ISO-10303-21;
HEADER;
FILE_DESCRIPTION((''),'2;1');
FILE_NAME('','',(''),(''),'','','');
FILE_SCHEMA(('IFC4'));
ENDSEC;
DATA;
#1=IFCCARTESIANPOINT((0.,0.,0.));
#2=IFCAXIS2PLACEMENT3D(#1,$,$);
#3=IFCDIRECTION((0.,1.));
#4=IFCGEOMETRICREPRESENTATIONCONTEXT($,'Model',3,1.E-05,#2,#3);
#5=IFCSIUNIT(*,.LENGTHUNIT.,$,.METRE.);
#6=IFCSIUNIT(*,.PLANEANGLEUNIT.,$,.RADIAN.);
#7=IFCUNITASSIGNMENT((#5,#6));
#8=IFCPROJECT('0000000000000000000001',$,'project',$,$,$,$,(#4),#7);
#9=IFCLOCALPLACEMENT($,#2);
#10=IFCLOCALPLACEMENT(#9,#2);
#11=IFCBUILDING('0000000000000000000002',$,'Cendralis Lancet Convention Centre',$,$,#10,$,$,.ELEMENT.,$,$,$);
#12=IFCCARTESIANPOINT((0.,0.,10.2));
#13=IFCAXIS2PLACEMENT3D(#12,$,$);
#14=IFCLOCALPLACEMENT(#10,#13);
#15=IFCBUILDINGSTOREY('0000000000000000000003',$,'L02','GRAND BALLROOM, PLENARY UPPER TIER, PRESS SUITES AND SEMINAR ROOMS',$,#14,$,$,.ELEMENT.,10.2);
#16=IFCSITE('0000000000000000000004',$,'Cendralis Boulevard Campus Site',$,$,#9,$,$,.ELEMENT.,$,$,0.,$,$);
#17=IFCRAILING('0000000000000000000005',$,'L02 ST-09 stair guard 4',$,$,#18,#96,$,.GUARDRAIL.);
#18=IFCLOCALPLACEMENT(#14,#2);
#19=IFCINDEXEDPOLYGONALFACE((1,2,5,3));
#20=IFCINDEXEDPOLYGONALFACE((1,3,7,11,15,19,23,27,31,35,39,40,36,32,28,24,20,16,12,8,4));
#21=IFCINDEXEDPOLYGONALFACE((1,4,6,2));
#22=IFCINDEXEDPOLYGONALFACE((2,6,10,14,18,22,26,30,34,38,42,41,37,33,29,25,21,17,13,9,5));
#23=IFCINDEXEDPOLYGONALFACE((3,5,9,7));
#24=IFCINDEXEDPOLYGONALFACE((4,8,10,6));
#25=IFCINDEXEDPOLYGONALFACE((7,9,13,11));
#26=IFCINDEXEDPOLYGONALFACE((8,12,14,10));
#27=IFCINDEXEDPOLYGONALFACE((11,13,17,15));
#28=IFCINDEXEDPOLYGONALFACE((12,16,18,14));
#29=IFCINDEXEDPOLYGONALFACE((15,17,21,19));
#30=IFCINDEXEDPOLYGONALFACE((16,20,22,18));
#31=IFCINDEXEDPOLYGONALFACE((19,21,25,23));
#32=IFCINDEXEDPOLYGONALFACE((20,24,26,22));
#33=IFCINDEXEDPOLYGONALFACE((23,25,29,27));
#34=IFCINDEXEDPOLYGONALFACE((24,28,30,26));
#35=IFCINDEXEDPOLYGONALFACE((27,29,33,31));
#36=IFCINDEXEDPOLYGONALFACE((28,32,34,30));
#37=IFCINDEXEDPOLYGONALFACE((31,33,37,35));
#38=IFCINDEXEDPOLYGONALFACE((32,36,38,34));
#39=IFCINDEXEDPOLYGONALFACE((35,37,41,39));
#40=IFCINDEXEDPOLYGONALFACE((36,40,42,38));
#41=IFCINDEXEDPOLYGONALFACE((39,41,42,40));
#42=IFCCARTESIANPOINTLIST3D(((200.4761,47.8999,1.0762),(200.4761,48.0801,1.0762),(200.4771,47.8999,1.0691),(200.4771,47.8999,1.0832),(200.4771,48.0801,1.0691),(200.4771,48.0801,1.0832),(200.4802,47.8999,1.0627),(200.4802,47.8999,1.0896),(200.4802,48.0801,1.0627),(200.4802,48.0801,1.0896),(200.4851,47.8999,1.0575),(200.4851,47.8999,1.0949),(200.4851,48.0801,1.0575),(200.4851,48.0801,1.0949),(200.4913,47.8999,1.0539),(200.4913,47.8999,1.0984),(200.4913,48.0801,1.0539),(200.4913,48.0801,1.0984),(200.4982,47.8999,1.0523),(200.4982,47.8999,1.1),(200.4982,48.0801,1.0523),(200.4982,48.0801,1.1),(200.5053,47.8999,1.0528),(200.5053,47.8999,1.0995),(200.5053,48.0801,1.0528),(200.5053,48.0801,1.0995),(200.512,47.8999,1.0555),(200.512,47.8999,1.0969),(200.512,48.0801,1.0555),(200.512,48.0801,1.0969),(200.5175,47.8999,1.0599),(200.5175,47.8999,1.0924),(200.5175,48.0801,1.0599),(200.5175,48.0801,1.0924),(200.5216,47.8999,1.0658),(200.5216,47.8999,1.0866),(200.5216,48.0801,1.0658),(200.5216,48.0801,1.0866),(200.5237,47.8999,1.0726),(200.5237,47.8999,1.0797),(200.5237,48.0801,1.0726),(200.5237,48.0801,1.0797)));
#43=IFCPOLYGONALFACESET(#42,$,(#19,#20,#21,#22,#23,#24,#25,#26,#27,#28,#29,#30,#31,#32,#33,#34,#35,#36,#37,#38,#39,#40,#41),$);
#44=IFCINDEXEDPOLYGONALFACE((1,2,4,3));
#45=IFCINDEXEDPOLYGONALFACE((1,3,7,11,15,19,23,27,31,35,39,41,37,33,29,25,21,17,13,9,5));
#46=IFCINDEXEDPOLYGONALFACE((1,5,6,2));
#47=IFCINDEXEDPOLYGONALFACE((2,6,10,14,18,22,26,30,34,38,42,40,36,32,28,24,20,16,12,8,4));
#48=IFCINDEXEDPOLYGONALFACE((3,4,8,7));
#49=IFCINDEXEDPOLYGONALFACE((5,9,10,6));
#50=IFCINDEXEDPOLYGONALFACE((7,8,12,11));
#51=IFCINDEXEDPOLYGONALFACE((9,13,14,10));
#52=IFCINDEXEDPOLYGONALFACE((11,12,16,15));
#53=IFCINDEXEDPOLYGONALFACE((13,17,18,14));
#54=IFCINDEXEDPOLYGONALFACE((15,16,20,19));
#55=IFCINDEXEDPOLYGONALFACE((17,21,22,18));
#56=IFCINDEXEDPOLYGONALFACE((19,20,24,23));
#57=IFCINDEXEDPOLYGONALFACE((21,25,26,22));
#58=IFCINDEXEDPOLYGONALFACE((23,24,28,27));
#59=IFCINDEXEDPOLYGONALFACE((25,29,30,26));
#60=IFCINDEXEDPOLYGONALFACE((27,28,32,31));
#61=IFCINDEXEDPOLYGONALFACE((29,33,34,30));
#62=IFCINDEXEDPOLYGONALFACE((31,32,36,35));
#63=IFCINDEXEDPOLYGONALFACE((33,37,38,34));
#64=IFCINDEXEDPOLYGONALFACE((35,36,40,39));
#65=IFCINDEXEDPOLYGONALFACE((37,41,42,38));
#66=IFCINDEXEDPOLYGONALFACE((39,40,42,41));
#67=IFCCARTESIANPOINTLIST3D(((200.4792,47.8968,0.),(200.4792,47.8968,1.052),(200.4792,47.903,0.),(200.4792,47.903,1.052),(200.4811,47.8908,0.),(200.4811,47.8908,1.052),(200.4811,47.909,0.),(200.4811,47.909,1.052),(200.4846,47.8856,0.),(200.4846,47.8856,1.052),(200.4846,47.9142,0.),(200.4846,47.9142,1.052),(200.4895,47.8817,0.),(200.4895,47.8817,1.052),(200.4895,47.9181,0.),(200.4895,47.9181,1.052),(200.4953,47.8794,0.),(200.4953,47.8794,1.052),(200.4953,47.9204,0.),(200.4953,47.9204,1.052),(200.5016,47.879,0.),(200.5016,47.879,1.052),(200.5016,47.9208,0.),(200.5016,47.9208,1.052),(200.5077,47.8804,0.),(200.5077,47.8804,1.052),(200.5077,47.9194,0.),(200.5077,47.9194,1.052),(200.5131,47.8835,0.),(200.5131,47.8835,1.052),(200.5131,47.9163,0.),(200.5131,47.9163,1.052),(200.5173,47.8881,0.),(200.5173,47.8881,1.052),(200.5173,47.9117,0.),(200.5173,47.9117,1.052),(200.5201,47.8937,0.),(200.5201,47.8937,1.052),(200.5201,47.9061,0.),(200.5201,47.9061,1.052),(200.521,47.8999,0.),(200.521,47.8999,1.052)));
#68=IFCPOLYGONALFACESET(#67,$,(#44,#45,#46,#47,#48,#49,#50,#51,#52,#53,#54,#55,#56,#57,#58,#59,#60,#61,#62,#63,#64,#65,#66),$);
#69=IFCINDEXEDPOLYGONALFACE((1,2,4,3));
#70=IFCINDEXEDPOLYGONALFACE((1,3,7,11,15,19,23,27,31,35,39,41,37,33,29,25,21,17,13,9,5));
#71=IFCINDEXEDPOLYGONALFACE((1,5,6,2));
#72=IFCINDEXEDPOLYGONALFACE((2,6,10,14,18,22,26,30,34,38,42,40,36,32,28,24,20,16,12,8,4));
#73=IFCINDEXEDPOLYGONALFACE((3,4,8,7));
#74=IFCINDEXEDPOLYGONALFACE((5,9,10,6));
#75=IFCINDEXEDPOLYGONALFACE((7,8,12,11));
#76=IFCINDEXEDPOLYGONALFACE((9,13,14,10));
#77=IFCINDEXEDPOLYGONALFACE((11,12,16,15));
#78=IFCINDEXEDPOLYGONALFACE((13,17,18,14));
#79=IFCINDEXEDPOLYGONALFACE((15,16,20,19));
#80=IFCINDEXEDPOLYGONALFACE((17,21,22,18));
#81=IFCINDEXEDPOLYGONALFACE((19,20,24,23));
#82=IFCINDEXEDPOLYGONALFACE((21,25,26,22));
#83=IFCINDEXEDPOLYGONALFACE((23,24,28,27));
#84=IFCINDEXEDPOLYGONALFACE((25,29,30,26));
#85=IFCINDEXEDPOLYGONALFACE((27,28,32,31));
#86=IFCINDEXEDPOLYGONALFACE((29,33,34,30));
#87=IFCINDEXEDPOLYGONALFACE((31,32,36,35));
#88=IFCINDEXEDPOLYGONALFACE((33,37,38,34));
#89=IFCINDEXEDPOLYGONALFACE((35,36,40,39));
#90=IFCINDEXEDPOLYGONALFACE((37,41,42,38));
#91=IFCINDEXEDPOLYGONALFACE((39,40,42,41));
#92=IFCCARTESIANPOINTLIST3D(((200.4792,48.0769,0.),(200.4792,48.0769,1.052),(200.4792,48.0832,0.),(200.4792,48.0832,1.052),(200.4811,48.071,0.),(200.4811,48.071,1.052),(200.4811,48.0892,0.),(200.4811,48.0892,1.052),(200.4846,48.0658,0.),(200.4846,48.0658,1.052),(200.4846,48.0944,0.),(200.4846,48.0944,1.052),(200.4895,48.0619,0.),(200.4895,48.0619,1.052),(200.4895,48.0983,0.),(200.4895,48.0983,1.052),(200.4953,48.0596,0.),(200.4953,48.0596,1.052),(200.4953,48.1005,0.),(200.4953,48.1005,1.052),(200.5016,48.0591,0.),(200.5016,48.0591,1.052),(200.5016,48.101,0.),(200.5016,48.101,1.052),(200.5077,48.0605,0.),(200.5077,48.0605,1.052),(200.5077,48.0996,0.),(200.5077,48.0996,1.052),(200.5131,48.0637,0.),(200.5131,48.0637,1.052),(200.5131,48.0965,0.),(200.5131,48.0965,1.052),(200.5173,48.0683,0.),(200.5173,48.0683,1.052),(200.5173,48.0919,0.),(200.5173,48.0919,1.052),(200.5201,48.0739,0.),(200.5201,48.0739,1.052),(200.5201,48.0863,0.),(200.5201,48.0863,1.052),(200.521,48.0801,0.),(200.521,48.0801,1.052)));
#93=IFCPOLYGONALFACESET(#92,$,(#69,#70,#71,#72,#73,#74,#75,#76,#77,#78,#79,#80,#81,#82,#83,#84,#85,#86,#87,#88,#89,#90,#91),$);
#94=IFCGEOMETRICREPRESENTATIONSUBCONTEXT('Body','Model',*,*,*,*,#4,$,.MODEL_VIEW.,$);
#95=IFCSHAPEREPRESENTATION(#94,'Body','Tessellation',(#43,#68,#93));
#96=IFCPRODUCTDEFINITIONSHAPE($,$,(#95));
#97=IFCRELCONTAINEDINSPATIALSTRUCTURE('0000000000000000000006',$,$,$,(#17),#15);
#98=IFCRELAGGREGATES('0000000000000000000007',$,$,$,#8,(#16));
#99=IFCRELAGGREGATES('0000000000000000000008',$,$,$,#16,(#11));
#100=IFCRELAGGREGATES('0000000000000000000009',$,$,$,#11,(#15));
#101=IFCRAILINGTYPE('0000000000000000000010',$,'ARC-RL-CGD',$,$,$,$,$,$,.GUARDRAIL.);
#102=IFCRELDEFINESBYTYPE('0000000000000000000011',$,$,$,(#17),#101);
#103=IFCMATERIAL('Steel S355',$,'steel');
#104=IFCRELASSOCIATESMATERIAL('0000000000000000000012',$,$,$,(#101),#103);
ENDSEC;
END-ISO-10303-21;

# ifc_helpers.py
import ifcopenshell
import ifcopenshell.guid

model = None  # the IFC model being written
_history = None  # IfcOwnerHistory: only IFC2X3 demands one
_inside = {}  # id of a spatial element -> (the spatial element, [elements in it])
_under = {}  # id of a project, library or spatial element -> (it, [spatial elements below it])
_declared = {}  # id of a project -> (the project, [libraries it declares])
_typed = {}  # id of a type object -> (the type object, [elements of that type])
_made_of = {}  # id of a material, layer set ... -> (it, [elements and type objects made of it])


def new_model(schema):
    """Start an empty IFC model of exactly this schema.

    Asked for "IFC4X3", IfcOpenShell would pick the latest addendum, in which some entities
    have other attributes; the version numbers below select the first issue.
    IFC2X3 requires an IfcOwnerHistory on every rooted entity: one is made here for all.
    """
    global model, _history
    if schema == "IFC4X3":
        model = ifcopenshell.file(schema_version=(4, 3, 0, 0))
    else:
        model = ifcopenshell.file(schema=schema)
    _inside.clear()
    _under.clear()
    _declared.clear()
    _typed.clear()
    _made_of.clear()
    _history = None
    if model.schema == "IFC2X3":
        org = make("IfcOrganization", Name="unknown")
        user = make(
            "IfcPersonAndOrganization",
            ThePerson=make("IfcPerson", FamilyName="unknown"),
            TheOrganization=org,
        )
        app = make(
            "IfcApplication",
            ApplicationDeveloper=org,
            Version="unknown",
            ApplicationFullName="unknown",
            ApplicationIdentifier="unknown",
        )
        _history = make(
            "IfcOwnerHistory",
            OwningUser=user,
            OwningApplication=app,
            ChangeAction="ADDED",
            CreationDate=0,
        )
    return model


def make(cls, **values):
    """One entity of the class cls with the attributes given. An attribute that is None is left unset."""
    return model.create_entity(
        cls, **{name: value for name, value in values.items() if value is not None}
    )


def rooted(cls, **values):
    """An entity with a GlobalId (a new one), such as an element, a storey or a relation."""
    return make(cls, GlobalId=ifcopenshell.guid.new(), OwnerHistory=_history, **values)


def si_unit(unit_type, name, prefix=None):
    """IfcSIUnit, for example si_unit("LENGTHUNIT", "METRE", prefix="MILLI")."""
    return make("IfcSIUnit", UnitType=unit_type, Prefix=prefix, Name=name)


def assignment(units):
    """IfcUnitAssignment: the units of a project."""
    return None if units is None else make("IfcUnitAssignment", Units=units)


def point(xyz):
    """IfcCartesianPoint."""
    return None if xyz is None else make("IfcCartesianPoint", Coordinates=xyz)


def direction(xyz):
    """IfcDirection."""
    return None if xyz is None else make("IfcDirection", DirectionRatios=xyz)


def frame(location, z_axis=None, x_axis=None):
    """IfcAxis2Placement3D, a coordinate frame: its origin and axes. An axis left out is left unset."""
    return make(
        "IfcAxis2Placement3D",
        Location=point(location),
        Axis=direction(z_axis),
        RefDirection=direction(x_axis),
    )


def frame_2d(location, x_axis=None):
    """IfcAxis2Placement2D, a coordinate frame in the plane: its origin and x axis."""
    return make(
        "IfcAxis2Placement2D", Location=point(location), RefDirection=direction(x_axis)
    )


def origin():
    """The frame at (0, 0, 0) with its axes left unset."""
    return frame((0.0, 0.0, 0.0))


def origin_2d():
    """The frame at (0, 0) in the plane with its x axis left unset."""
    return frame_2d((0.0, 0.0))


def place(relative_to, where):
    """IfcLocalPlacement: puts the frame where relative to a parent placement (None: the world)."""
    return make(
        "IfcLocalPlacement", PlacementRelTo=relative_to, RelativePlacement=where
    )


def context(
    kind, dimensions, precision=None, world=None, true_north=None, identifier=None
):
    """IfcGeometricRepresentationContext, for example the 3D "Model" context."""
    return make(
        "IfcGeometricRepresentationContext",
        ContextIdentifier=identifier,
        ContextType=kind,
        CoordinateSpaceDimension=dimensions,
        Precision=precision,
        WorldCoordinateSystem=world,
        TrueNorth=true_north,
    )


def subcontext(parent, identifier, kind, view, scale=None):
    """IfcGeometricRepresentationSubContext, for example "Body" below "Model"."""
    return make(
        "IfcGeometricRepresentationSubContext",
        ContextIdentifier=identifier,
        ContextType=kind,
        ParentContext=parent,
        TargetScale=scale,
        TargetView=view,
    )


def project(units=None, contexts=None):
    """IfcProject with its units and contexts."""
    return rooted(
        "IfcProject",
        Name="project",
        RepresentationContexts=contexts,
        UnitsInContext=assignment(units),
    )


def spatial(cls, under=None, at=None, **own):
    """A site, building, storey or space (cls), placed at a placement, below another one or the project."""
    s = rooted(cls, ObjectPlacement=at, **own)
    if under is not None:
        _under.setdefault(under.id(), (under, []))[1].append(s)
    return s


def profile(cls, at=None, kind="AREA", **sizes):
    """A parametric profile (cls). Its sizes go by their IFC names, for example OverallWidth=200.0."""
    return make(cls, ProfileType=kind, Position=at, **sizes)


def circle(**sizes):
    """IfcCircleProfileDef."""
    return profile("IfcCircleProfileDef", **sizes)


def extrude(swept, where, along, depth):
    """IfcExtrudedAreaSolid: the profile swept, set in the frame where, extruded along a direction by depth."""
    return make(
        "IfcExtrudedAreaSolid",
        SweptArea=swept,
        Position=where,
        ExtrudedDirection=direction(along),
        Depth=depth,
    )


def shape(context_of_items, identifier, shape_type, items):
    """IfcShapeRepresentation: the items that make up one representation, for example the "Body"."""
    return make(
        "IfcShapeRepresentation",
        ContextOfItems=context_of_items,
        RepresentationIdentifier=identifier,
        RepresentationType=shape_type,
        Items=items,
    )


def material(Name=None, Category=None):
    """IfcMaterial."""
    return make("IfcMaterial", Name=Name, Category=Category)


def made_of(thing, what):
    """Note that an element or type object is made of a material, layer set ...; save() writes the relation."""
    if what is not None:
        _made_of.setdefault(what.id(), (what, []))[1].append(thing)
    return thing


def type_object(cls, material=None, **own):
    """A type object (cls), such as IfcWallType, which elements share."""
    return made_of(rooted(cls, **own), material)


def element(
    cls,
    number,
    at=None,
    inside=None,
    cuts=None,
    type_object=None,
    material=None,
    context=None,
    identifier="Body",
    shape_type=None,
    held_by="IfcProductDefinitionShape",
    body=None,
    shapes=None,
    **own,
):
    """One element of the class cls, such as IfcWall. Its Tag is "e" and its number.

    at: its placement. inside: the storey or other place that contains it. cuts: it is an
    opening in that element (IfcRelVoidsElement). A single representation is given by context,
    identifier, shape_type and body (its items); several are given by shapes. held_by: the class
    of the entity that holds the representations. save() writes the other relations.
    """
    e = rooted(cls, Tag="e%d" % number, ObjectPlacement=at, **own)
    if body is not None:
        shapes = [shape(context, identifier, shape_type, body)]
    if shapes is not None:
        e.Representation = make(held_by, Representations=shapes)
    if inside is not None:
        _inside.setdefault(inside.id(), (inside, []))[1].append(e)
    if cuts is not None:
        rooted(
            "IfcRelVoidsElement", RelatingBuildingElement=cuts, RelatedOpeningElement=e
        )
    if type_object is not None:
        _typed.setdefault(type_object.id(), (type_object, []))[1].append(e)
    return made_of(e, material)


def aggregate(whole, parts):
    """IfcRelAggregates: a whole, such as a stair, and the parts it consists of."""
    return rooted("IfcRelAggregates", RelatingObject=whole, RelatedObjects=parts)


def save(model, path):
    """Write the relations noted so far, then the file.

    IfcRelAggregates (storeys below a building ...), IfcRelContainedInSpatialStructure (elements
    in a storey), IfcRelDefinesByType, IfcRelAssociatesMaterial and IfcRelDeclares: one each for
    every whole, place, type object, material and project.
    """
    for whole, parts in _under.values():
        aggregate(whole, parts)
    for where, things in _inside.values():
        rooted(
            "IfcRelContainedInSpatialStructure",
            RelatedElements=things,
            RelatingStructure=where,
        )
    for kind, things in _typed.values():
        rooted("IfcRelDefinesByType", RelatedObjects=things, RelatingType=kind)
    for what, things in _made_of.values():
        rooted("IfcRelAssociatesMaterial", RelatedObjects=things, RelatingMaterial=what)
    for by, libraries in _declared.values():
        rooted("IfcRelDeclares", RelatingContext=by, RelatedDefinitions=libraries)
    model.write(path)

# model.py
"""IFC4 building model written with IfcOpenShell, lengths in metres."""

from ifc_helpers import new_model, si_unit, direction, frame, origin, origin_2d, place, context, subcontext, project, spatial, circle, extrude, material, type_object, element, save


model = new_model("IFC4")

# Units and contexts
model_context = context("Model", 3, precision=1e-05, world=origin(), true_north=direction((0.0, 1.0)))
body_context = subcontext(model_context, "Body", "Model", "MODEL_VIEW")
ifc_project = project(units=[si_unit("LENGTHUNIT", "METRE"), si_unit("PLANEANGLEUNIT", "RADIAN")], contexts=[model_context])

# Site, building, storey
site_placement = place(None, origin())
site = spatial("IfcSite", under=ifc_project, at=site_placement, Name="Cendralis Boulevard Campus Site", CompositionType="ELEMENT", RefElevation=0.0)
building_placement = place(site_placement, origin())
building = spatial("IfcBuilding", under=site, at=building_placement, Name="Cendralis Lancet Convention Centre", CompositionType="ELEMENT")
storey_placement = place(building_placement, frame((0.0, 0.0, 10.2)))
storey = spatial("IfcBuildingStorey", under=building, at=storey_placement, Name="L02", Description="GRAND BALLROOM, PLENARY UPPER TIER, PRESS SUITES AND SEMINAR ROOMS", CompositionType="ELEMENT", Elevation=10.2)

# Shared definitions
ifc_material_1 = material(Name="Steel S355", Category="steel")

# Railing
railing_type_1 = type_object("IfcRailingType", Name="ARC-RL-CGD", PredefinedType="GUARDRAIL", material=ifc_material_1)
railing_1_placement = place(storey_placement, frame((200.5, 47.8999, 0.0)))
element("IfcRailing", 1, at=railing_1_placement, inside=storey, type_object=railing_type_1, Name="L02 ST-09 stair guard 4", PredefinedType="GUARDRAIL", context=body_context, shape_type="SweptSolid", body=[
    extrude(circle(Radius=0.0239, at=origin_2d()), frame((0.0, 0.0, 1.0762), z_axis=(0.0, 1.0, 0.0), x_axis=(-1.0, 0.0, 0.0)), (0.0, 0.0, 1.0), 0.1802),
    extrude(circle(Radius=0.021, at=origin_2d()), origin(), (0.0, 0.0, 1.0), 1.052),
    extrude(circle(Radius=0.021, at=origin_2d()), frame((0.0, 0.1802, 0.0)), (0.0, 0.0, 1.0), 1.052),
])

save(model, "model.ifc")
